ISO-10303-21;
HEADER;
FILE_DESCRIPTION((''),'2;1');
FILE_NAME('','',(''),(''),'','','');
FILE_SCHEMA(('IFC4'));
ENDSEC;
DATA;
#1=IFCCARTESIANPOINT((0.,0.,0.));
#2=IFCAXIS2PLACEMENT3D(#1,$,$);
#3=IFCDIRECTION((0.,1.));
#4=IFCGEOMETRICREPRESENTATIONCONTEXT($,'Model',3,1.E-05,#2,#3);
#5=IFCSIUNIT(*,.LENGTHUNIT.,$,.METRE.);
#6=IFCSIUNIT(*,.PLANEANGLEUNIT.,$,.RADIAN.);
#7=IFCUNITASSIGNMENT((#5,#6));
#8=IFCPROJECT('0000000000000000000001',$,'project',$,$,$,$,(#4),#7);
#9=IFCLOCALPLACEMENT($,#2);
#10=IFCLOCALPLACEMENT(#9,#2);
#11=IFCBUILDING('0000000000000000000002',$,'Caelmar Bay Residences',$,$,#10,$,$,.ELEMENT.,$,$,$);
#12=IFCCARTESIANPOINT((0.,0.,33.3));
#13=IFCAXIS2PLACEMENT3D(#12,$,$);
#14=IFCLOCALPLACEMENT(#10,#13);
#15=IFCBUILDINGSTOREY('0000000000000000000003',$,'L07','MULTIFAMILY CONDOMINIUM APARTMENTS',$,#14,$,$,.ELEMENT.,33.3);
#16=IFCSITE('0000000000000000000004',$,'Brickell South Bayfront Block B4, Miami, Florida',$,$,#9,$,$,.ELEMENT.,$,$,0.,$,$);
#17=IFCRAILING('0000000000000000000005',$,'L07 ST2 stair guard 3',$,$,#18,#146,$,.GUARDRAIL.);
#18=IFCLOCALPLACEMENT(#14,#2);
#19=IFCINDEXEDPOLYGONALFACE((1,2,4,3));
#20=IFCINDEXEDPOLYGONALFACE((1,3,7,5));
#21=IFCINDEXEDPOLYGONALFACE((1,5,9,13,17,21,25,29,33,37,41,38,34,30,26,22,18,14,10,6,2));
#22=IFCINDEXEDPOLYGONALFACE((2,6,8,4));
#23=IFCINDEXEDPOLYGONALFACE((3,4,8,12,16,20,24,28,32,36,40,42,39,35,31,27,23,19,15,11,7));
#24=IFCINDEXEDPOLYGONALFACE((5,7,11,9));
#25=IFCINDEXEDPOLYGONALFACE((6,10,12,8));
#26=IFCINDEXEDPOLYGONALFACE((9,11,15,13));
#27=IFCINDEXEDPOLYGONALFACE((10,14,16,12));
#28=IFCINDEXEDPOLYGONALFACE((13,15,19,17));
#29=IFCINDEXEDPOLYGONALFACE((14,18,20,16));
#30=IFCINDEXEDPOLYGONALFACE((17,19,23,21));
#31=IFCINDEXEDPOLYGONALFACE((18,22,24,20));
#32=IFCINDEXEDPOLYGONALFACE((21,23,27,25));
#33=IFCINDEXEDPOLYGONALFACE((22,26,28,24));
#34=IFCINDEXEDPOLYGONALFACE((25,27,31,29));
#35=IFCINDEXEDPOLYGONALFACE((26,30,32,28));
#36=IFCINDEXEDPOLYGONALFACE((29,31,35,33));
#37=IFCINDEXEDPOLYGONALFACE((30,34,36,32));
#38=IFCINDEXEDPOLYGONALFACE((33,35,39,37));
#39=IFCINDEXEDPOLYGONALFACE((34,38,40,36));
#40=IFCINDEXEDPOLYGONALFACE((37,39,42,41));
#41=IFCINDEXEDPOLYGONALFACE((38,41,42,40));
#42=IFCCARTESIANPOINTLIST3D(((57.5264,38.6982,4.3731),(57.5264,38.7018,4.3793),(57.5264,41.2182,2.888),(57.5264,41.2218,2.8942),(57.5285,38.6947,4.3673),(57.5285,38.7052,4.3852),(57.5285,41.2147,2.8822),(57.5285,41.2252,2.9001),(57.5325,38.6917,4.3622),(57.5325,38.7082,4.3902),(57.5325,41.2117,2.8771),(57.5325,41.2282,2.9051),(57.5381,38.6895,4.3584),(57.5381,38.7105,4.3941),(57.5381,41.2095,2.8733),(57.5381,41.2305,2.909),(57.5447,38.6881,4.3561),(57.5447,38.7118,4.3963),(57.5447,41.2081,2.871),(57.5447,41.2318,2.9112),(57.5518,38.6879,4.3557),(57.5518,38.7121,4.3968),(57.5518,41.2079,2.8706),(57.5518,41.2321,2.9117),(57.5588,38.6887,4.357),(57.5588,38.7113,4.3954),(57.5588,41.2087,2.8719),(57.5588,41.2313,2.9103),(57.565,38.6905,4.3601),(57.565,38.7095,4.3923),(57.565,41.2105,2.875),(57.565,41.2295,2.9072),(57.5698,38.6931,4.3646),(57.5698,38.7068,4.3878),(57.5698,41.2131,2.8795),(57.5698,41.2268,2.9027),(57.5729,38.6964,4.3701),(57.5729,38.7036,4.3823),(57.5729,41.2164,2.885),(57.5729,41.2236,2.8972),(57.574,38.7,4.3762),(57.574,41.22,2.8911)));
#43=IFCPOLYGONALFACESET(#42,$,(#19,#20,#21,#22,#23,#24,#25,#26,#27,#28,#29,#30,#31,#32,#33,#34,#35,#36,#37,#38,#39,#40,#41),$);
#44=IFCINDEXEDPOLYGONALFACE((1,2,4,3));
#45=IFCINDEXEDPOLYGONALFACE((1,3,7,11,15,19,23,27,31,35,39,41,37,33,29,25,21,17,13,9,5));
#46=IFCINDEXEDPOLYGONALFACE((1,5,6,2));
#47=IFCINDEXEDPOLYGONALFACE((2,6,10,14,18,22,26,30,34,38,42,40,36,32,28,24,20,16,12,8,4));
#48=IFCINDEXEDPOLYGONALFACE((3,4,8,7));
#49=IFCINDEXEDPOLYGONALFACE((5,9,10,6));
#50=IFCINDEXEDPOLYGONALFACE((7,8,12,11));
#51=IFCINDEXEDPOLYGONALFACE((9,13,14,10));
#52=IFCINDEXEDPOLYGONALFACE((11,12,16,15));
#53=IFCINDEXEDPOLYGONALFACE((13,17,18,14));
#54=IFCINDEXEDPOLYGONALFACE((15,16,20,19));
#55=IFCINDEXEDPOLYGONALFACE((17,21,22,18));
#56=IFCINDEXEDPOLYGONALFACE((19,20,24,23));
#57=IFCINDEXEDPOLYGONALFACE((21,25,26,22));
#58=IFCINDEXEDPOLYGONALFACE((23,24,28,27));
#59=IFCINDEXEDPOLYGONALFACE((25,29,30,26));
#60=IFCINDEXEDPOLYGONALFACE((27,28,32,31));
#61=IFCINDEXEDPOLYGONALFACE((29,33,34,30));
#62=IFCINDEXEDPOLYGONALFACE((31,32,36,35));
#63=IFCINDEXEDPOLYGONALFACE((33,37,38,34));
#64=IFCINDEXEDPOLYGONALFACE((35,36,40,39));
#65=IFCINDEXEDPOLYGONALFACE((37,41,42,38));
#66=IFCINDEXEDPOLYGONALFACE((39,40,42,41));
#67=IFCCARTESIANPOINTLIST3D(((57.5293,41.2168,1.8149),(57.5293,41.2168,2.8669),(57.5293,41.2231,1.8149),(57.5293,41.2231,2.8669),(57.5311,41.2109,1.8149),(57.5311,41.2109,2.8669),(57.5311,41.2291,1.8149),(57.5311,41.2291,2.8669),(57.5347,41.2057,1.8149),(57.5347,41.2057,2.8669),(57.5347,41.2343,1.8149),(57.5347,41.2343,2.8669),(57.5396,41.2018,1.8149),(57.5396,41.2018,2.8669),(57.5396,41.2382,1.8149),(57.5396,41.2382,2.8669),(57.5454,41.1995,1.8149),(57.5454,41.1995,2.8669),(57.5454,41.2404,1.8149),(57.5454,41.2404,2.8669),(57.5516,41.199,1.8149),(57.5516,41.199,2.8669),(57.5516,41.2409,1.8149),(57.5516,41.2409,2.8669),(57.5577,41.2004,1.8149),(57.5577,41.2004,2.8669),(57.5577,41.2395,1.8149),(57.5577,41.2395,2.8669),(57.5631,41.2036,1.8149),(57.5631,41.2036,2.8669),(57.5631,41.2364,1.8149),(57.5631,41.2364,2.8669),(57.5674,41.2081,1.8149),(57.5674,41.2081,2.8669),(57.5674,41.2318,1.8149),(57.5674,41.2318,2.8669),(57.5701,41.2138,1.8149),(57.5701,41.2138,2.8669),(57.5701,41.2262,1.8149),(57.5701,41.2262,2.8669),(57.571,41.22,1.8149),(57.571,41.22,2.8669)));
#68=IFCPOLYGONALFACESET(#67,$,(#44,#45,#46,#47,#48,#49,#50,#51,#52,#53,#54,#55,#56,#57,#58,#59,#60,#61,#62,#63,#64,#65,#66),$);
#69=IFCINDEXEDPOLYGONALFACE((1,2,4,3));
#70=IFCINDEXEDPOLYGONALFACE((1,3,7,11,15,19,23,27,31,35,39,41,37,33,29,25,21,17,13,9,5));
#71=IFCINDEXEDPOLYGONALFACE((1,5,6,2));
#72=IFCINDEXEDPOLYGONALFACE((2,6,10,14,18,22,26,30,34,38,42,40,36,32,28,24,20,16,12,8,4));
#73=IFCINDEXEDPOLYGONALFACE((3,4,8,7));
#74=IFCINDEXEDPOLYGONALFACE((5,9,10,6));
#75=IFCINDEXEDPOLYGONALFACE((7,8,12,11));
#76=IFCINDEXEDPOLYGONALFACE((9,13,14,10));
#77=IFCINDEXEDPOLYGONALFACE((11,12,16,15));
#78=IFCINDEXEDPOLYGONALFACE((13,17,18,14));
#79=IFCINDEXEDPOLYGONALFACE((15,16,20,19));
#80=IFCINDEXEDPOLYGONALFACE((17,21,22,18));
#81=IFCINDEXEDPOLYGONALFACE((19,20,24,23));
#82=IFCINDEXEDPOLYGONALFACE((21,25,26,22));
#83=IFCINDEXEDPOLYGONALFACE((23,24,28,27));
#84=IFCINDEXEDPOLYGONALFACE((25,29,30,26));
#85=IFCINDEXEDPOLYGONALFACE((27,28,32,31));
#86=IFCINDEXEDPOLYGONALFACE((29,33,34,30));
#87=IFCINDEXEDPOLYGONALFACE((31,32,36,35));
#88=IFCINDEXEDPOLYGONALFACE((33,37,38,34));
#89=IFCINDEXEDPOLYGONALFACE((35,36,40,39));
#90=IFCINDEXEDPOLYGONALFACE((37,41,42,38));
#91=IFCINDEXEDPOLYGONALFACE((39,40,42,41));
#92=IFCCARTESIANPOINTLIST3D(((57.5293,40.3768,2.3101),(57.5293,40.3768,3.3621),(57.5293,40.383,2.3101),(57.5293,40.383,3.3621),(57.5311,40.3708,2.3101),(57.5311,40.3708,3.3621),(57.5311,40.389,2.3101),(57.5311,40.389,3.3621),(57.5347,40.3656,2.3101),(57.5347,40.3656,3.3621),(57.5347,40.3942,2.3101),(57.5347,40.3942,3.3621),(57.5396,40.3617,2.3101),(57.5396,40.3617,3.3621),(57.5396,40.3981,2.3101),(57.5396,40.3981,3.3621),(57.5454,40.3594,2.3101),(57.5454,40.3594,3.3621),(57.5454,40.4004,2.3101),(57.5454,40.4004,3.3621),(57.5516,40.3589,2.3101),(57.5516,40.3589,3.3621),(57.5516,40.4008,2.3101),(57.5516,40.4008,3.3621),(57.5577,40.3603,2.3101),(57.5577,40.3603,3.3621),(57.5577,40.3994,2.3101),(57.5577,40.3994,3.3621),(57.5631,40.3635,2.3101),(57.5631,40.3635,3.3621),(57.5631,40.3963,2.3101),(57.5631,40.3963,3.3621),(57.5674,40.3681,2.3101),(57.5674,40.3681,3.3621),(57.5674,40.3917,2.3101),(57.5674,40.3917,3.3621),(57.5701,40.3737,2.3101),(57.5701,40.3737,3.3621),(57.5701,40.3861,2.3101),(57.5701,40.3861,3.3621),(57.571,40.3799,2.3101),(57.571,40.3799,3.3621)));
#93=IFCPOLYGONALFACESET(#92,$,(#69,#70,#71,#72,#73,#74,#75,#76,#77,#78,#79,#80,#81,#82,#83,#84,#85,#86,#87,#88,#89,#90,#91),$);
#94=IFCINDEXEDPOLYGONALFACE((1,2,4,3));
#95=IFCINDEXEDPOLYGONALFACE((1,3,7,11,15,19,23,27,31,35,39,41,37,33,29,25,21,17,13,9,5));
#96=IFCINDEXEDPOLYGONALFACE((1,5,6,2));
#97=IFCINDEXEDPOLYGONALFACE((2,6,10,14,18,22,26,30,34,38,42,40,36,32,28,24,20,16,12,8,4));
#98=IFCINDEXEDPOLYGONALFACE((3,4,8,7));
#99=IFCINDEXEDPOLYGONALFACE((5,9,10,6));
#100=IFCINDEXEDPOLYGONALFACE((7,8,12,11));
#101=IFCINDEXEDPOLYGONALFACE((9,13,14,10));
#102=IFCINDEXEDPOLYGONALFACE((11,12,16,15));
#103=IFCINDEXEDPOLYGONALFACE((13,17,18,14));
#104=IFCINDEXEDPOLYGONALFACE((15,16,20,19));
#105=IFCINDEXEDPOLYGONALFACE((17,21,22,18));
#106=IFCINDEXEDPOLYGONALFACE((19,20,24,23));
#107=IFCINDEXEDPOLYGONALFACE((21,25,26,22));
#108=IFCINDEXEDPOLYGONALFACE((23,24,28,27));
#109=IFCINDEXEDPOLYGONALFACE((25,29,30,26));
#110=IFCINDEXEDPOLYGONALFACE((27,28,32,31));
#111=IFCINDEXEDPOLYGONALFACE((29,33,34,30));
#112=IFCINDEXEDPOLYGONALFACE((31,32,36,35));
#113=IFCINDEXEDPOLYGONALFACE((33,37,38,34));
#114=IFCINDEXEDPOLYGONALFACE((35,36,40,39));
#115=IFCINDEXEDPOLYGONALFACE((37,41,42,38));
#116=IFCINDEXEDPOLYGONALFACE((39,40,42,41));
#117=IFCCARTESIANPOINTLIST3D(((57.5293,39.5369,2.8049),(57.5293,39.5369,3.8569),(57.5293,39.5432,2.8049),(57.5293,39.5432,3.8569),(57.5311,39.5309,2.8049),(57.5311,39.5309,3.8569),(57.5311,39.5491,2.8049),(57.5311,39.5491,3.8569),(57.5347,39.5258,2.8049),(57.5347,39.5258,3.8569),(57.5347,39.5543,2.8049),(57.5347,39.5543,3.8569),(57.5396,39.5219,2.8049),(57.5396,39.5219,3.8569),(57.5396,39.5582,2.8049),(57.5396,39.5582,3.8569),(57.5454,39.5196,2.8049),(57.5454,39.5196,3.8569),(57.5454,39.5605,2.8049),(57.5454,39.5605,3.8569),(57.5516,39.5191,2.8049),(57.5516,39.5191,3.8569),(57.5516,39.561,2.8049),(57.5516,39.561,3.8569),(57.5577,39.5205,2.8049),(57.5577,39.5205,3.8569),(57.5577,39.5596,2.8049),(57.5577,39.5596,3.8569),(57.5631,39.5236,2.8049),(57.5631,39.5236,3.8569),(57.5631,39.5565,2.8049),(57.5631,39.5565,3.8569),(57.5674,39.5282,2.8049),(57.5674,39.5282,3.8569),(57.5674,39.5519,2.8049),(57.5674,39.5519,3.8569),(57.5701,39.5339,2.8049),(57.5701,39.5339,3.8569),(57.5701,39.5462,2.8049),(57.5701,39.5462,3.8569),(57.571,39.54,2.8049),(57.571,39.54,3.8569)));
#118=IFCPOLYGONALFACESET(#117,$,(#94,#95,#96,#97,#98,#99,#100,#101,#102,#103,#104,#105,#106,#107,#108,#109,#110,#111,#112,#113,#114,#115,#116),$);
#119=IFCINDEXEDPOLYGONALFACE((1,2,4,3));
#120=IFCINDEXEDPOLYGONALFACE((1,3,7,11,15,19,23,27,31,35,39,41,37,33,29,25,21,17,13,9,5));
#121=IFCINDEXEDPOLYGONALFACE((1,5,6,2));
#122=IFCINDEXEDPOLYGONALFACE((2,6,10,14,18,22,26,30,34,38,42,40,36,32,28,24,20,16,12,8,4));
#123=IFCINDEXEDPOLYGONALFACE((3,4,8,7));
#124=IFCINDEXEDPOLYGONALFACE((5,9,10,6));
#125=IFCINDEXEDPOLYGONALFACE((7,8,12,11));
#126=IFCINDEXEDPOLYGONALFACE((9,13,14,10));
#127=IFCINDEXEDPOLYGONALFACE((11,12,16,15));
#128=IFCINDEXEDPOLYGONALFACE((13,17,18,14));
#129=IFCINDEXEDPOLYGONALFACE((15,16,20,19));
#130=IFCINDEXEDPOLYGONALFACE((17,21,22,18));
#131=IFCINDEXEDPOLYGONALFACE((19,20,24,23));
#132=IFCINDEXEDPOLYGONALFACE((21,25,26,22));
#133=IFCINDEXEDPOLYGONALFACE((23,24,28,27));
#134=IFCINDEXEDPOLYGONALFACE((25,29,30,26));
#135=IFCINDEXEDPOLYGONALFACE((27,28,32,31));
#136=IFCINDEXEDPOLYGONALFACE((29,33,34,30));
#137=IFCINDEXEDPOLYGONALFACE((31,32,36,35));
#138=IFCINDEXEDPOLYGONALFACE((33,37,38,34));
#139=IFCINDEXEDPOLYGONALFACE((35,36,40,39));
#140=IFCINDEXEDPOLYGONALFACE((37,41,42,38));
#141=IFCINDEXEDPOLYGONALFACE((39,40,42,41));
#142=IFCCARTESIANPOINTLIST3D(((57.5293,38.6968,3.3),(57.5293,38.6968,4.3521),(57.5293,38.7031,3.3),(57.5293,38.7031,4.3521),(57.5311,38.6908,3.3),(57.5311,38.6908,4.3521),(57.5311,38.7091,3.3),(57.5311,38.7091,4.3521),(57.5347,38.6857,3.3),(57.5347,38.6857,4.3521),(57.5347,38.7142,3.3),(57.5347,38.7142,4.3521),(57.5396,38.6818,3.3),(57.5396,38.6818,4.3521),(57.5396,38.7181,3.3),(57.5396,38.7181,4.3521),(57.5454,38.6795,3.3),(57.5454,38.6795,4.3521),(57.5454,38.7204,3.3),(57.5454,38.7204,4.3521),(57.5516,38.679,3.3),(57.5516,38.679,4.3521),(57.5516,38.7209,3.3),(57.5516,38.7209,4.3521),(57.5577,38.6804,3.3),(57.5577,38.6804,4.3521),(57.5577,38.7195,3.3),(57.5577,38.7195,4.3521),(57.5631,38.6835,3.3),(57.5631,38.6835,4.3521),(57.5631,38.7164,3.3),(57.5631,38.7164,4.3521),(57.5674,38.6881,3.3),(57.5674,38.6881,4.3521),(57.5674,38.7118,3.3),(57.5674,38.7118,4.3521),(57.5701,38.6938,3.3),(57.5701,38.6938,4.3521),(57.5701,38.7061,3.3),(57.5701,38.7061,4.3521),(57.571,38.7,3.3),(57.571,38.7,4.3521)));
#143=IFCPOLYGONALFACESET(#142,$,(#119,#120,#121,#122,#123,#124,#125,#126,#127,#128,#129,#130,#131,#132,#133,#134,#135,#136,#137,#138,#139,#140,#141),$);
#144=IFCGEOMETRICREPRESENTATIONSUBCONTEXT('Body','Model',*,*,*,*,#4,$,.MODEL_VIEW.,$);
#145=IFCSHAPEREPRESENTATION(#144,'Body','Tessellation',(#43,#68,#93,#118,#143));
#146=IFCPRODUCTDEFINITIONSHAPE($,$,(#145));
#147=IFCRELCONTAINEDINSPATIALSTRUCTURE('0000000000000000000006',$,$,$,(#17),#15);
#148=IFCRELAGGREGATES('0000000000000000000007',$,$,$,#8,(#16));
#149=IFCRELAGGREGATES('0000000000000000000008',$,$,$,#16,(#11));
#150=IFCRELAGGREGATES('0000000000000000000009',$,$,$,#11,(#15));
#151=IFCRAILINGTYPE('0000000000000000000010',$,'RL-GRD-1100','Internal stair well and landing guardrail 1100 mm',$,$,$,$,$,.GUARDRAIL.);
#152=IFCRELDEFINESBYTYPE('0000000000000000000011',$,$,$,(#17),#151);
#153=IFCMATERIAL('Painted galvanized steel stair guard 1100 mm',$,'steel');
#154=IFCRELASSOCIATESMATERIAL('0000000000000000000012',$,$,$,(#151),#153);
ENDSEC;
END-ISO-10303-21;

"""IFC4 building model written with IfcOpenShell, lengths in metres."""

from ifc_helpers import new_model, si_unit, direction, frame, origin, origin_2d, place, context, subcontext, project, spatial, circle, extrude, material, type_object, element, save


model = new_model("IFC4")

# Units and contexts
model_context = context("Model", 3, precision=1e-05, world=origin(), true_north=direction((0.0, 1.0)))
body_context = subcontext(model_context, "Body", "Model", "MODEL_VIEW")
ifc_project = project(units=[si_unit("LENGTHUNIT", "METRE"), si_unit("PLANEANGLEUNIT", "RADIAN")], contexts=[model_context])

# Site, building, storey
site_placement = place(None, origin())
site = spatial("IfcSite", under=ifc_project, at=site_placement, Name="Brickell South Bayfront Block B4, Miami, Florida", CompositionType="ELEMENT", RefElevation=0.0)
building_placement = place(site_placement, origin())
building = spatial("IfcBuilding", under=site, at=building_placement, Name="Caelmar Bay Residences", CompositionType="ELEMENT")
storey_placement = place(building_placement, frame((0.0, 0.0, 33.3)))
storey = spatial("IfcBuildingStorey", under=building, at=storey_placement, Name="L07", Description="MULTIFAMILY CONDOMINIUM APARTMENTS", CompositionType="ELEMENT", Elevation=33.3)

# Railing
ifc_material_1 = material(Name="Painted galvanized steel stair guard 1100 mm", Category="steel")
railing_type_1 = type_object("IfcRailingType", Name="RL-GRD-1100", Description="Internal stair well and landing guardrail 1100 mm", PredefinedType="GUARDRAIL", material=ifc_material_1)
railing_1_placement = place(storey_placement, frame((57.55, 41.22, 1.8149)))
element("IfcRailing", 1, at=railing_1_placement, inside=storey, type_object=railing_type_1, Name="L07 ST2 stair guard 3", PredefinedType="GUARDRAIL", context=body_context, shape_type="SweptSolid", body=[
    extrude(circle(Radius=0.0239, at=origin_2d()), frame((0.0, 0.0, 1.0762), z_axis=(0.0, -0.861524, 0.507717), x_axis=(1.0, 0.0, 0.0)), (0.0, 0.0, 1.0), 2.925),
    extrude(circle(Radius=0.021, at=origin_2d()), origin(), (0.0, 0.0, 1.0), 1.052),
    extrude(circle(Radius=0.021, at=origin_2d()), frame((0.0, -0.8401, 0.4951)), (0.0, 0.0, 1.0), 1.052),
    extrude(circle(Radius=0.021, at=origin_2d()), frame((0.0, -1.6799, 0.99)), (0.0, 0.0, 1.0), 1.052),
    extrude(circle(Radius=0.021, at=origin_2d()), frame((0.0, -2.52, 1.4851)), (0.0, 0.0, 1.0), 1.052),
])

save(model, "model.ifc")
